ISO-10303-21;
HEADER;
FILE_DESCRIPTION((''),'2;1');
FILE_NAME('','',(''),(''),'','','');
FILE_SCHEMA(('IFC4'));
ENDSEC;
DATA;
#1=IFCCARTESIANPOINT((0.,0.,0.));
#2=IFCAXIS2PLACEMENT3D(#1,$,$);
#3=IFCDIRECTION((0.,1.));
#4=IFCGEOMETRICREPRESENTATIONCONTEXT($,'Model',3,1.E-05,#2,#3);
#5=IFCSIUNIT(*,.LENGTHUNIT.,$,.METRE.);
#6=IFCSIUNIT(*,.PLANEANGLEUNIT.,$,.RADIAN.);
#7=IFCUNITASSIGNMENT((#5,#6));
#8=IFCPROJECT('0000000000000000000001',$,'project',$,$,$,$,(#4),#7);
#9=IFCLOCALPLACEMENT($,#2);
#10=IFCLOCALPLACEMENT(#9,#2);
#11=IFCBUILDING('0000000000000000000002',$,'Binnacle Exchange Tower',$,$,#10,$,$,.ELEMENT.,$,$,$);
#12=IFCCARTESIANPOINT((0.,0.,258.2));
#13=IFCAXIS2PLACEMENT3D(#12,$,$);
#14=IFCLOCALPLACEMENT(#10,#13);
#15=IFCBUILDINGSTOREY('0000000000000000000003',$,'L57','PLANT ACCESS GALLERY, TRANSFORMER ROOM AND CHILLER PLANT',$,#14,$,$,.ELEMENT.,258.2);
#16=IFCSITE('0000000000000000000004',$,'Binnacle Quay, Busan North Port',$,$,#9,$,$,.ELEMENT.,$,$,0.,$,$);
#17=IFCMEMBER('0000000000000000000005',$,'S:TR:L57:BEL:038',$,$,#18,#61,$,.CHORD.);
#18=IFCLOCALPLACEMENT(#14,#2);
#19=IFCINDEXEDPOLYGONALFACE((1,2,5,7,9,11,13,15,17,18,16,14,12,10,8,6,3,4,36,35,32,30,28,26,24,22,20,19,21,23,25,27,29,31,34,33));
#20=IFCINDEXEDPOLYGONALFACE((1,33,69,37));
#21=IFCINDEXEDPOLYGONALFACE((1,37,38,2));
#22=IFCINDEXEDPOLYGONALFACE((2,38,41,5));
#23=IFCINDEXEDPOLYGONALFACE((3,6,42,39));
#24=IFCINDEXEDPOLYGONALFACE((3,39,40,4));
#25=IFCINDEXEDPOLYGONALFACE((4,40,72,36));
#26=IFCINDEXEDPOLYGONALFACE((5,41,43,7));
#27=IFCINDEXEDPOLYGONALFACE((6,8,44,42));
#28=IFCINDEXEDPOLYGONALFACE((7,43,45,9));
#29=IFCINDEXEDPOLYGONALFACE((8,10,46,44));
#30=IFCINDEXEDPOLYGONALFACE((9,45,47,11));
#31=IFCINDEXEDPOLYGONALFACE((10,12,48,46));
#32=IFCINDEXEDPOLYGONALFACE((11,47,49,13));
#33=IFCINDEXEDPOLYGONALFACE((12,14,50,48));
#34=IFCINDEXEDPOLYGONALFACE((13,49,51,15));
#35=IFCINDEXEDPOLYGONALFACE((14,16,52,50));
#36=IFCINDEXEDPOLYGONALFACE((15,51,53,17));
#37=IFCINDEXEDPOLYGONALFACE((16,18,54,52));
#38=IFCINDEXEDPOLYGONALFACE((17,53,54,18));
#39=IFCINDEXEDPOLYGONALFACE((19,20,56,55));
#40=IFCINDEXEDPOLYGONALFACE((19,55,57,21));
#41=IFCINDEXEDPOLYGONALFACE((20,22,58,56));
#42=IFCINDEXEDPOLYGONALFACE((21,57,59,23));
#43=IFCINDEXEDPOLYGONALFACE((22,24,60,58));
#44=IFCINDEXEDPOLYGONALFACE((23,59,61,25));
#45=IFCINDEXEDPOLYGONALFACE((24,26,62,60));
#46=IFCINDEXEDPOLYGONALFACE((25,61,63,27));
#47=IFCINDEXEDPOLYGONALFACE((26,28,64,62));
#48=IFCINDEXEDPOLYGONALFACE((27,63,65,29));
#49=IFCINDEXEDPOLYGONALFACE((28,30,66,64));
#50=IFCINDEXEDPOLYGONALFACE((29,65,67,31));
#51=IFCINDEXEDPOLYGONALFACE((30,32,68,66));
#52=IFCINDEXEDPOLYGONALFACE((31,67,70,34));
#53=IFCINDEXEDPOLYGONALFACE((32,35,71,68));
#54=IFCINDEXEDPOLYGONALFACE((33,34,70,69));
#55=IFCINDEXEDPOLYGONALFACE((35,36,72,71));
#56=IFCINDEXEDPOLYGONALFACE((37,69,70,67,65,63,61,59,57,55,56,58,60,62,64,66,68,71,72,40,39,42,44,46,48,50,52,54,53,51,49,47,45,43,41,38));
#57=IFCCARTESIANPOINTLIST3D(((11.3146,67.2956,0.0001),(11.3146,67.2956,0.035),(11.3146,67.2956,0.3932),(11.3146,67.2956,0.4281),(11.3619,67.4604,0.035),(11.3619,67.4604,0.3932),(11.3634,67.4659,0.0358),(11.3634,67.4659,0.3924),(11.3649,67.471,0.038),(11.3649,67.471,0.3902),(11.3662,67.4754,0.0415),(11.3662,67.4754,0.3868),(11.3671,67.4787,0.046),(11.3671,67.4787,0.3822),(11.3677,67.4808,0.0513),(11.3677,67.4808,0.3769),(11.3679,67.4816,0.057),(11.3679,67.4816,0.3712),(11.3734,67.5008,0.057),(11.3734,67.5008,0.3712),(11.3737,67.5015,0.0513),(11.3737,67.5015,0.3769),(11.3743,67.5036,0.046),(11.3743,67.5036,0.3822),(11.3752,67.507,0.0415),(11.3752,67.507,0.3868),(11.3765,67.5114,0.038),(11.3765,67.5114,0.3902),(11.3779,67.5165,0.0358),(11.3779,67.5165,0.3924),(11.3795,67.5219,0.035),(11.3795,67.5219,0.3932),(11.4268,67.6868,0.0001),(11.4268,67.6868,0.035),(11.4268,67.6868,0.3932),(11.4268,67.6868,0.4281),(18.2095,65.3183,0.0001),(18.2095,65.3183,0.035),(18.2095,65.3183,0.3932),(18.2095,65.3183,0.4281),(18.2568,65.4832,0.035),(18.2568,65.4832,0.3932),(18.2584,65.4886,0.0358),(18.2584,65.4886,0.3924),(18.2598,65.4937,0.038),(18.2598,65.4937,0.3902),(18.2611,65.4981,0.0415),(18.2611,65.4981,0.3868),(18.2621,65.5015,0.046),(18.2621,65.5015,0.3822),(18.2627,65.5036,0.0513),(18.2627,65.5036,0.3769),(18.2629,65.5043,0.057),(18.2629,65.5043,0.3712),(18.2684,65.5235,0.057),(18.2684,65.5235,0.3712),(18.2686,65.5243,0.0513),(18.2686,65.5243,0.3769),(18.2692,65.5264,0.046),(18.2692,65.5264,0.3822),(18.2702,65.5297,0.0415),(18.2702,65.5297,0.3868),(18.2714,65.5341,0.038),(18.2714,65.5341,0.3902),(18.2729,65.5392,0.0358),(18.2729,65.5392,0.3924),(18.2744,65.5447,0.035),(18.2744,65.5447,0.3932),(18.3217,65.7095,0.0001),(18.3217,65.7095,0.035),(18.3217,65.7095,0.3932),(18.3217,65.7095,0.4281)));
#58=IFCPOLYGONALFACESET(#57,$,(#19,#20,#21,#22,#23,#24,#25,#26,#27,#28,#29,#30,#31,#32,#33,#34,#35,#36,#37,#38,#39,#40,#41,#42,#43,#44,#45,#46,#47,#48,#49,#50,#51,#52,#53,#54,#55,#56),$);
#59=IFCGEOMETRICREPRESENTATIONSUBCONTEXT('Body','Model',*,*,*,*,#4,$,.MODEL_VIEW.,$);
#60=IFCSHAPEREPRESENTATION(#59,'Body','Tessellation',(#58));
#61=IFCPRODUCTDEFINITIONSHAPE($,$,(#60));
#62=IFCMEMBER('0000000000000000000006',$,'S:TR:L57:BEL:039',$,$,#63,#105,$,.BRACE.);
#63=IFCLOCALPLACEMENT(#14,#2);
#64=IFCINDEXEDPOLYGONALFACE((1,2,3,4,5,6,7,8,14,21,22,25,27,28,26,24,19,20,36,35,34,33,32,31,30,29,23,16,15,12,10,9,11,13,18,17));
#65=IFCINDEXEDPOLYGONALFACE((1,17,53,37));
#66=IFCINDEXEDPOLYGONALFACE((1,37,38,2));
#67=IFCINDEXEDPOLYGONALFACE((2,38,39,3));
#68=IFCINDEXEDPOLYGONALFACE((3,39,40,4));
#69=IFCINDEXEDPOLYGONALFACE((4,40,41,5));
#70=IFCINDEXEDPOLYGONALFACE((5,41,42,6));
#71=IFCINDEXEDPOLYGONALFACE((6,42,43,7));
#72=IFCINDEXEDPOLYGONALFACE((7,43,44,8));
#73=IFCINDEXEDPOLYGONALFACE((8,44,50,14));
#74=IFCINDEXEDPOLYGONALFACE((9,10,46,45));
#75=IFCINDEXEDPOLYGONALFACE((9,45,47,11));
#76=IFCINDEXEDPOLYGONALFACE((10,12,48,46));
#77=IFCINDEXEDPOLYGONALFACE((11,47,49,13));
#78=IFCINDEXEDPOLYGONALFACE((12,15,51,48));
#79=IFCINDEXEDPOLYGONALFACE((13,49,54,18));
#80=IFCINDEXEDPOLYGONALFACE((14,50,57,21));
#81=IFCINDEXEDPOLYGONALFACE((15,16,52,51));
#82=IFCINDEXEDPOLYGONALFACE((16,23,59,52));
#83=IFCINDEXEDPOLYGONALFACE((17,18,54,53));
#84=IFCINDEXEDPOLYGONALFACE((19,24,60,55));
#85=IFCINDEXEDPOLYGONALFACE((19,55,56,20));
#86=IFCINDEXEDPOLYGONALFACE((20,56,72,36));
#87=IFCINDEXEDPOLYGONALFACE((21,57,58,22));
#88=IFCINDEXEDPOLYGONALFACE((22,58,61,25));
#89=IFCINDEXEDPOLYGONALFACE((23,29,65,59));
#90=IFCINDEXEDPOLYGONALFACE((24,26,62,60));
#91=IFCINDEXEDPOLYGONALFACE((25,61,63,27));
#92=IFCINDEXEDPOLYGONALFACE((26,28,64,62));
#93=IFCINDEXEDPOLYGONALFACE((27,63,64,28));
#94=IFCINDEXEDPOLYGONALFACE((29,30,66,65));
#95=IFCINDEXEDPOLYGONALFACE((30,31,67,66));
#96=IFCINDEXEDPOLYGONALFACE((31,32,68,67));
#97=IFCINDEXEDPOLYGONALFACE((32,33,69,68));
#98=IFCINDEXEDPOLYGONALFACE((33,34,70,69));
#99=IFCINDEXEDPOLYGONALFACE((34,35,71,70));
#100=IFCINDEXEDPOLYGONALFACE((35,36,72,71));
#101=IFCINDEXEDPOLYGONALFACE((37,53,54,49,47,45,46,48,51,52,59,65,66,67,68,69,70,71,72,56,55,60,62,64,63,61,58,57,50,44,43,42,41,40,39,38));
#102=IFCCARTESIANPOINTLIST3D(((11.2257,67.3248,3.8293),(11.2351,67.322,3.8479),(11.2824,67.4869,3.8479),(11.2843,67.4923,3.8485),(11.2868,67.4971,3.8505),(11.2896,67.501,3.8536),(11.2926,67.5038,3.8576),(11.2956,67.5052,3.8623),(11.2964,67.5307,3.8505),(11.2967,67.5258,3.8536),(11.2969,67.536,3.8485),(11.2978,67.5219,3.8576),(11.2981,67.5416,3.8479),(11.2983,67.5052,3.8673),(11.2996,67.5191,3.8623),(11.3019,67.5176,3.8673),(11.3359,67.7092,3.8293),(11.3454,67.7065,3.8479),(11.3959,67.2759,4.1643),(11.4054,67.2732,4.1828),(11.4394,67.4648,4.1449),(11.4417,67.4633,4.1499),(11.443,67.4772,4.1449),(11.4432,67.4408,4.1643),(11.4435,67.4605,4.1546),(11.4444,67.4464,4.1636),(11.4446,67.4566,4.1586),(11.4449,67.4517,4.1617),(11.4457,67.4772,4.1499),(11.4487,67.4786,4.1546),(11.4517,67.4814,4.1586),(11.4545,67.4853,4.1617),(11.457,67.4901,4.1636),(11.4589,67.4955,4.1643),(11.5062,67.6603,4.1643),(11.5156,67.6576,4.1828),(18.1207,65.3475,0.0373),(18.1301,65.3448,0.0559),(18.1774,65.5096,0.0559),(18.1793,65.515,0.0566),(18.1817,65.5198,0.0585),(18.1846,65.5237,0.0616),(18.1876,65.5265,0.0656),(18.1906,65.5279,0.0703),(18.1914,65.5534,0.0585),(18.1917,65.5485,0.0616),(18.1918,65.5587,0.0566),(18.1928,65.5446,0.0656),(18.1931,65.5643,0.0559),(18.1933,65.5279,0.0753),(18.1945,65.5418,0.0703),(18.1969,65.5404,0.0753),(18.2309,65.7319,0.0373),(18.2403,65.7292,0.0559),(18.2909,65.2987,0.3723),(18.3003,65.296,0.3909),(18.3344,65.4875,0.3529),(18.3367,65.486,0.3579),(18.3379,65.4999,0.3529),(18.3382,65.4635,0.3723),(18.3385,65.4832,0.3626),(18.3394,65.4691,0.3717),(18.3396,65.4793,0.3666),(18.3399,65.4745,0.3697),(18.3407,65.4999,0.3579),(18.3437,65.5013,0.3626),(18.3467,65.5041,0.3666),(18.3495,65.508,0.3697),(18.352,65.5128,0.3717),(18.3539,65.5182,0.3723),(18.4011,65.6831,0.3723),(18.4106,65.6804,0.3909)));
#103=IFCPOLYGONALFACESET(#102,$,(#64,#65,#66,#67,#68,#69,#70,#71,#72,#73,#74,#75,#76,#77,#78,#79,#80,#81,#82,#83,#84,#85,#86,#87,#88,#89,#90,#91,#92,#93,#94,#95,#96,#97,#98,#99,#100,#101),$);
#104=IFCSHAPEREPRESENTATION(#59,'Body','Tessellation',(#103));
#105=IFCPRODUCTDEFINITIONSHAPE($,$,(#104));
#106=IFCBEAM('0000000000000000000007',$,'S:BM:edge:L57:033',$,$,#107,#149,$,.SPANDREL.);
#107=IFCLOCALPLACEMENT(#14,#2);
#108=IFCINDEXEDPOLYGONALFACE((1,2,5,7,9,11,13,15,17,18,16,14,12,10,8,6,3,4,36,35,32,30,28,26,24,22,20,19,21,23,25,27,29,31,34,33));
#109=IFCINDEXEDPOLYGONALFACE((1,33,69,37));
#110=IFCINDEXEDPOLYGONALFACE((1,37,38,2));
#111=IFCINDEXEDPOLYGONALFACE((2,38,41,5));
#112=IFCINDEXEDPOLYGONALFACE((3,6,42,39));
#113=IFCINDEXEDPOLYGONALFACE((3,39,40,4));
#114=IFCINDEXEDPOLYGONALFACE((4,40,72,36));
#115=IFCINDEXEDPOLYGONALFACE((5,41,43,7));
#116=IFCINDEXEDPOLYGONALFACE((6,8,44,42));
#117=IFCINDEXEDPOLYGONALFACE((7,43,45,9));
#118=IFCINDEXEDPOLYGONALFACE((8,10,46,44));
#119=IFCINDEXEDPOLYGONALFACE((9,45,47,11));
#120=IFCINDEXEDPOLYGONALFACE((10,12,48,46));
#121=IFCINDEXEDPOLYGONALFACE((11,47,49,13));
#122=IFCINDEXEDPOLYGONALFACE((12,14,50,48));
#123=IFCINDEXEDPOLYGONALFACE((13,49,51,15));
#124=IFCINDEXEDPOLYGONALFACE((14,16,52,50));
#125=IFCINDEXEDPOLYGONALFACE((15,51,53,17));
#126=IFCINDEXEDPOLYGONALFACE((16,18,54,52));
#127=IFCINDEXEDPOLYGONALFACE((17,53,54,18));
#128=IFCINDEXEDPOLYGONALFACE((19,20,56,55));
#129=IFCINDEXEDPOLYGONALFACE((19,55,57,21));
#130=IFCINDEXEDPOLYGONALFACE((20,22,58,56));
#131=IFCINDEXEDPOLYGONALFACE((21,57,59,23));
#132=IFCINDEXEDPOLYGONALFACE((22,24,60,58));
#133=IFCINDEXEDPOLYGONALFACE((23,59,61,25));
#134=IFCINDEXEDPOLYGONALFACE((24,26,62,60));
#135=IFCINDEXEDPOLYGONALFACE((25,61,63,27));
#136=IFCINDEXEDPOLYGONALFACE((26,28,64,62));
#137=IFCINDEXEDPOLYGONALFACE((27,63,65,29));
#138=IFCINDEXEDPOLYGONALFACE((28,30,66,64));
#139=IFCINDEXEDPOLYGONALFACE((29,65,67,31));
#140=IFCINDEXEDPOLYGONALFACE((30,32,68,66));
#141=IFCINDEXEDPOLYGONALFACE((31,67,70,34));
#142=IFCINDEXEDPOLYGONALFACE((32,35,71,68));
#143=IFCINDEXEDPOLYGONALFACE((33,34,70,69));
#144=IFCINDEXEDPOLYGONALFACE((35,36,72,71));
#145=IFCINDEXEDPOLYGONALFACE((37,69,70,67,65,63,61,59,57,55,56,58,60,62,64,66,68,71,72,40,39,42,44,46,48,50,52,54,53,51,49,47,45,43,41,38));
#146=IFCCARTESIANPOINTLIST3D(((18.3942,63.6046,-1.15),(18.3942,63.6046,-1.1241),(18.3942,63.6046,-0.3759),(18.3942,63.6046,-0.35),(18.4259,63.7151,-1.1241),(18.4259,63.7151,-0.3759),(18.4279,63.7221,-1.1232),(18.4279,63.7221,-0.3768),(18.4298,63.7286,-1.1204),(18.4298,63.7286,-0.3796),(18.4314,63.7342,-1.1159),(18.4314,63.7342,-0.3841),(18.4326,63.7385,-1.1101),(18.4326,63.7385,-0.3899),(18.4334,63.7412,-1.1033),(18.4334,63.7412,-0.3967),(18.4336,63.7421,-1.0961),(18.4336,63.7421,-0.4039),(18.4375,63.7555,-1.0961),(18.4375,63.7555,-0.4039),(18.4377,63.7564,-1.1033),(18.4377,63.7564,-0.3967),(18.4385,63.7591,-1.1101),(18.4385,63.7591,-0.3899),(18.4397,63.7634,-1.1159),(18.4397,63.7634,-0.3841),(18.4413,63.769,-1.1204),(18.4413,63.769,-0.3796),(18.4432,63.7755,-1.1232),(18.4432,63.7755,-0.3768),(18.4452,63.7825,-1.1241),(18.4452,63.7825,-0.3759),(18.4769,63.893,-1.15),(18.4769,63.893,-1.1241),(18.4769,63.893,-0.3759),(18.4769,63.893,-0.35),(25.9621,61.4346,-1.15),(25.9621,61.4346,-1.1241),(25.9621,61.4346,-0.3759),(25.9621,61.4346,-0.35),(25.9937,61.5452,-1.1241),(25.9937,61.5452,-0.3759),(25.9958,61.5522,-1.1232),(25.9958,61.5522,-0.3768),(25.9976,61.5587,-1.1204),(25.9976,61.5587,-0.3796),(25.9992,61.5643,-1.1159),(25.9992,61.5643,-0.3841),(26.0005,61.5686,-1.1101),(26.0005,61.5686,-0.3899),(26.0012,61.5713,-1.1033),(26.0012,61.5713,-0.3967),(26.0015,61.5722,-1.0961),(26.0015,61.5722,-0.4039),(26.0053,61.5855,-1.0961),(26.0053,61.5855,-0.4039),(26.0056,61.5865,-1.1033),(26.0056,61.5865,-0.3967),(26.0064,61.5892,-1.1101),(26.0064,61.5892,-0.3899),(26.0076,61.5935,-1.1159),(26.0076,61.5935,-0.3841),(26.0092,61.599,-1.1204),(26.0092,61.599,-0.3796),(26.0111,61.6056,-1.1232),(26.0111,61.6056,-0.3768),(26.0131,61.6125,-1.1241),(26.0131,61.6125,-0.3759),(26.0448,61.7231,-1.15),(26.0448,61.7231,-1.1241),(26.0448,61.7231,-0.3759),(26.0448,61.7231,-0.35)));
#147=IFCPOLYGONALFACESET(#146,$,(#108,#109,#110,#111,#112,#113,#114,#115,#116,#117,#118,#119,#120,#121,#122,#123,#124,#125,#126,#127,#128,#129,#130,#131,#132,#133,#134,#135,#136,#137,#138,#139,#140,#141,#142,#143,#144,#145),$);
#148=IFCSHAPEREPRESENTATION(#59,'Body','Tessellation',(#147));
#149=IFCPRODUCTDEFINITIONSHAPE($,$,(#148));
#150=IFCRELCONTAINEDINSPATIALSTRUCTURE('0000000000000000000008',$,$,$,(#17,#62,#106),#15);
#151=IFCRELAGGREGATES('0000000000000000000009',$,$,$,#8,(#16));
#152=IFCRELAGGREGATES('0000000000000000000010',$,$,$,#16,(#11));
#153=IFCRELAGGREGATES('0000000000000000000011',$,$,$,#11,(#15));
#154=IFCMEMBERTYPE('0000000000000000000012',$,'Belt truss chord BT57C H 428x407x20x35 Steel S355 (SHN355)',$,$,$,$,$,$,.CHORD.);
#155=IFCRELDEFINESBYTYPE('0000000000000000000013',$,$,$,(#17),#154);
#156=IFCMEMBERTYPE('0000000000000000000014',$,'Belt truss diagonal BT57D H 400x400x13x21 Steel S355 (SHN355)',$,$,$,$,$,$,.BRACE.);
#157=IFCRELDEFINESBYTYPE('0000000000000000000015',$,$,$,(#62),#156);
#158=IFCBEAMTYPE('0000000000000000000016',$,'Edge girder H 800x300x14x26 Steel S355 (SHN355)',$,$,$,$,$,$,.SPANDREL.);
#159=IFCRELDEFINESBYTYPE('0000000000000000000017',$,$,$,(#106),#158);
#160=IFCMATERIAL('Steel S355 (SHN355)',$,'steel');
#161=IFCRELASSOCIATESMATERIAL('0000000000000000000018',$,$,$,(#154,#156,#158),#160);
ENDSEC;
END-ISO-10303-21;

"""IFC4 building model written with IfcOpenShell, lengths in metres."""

from ifc_helpers import new_model, si_unit, direction, frame, origin, origin_2d, place, context, subcontext, project, spatial, i_section, extrude, material, material_profile, profile_set, type_object, element, save


model = new_model("IFC4")

# Units and contexts
model_context = context("Model", 3, precision=1e-05, world=origin(), true_north=direction((0.0, 1.0)))
body_context = subcontext(model_context, "Body", "Model", "MODEL_VIEW")
ifc_project = project(units=[si_unit("LENGTHUNIT", "METRE"), si_unit("PLANEANGLEUNIT", "RADIAN")], contexts=[model_context])

# Site, building, storey
site_placement = place(None, origin())
site = spatial("IfcSite", under=ifc_project, at=site_placement, Name="Binnacle Quay, Busan North Port", CompositionType="ELEMENT", RefElevation=0.0)
building_placement = place(site_placement, origin())
building = spatial("IfcBuilding", under=site, at=building_placement, Name="Binnacle Exchange Tower", CompositionType="ELEMENT")
storey_placement = place(building_placement, frame((0.0, 0.0, 258.2)))
storey = spatial("IfcBuildingStorey", under=building, at=storey_placement, Name="L57", Description="PLANT ACCESS GALLERY, TRANSFORMER ROOM AND CHILLER PLANT", CompositionType="ELEMENT", Elevation=258.2)

# Members
ifc_material_1 = material(Name="Steel S355 (SHN355)", Category="steel")
ifc_material_profile_1 = material_profile(ifc_material_1, i_section(OverallWidth=0.407, OverallDepth=0.428, WebThickness=0.02, FlangeThickness=0.0349, FilletRadius=0.022, at=origin_2d()), Name="H 428x407x20x35")
ifc_profile_set_1 = profile_set([ifc_material_profile_1], Name="Steel S355 (SHN355)")
member_type_1 = type_object("IfcMemberType", Name="Belt truss chord BT57C H 428x407x20x35 Steel S355 (SHN355)", PredefinedType="CHORD", material=ifc_profile_set_1)
for number, where, z_axis, x_axis, name in (
    (1, (18.2656, 65.5139, 0.2141), (-0.961255, 0.275661, 0.0), (-0.275661, -0.961255, 0.0), "S:TR:L57:BEL:038"),
):
    element("IfcMember", number, at=place(storey_placement, frame(where, z_axis=z_axis, x_axis=x_axis)), inside=storey, type_object=member_type_1, Name=name, PredefinedType="CHORD", context=body_context, shape_type="SweptSolid", body=[
        extrude(i_section(OverallWidth=0.407, OverallDepth=0.428, WebThickness=0.02, FlangeThickness=0.0349, FilletRadius=0.022, at=origin_2d()), origin(), (0.0, 0.0, 1.0), 7.1729),
    ])
ifc_material_profile_2 = material_profile(ifc_material_1, i_section(OverallWidth=0.3999, OverallDepth=0.3999, WebThickness=0.0129, FlangeThickness=0.021, FilletRadius=0.022, at=origin_2d()), Name="H 400x400x13x21")
ifc_profile_set_2 = profile_set([ifc_material_profile_2], Name="Steel S355 (SHN355)")
member_type_2 = type_object("IfcMemberType", Name="Belt truss diagonal BT57D H 400x400x13x21 Steel S355 (SHN355)", PredefinedType="BRACE", material=ifc_profile_set_2)
member_placement = place(storey_placement, frame((18.2656, 65.5139, 0.2141), z_axis=(-0.849812, 0.243702, 0.467364), x_axis=(-0.275661, -0.961255, 0.0)))
element("IfcMember", 2, at=member_placement, inside=storey, type_object=member_type_2, Name="S:TR:L57:BEL:039", PredefinedType="BRACE", context=body_context, shape_type="SweptSolid", body=[
    extrude(i_section(OverallWidth=0.3999, OverallDepth=0.3999, WebThickness=0.0129, FlangeThickness=0.021, FilletRadius=0.022, at=origin_2d()), origin(), (0.0, 0.0, 1.0), 8.1135),
])

# Beam
ifc_material_profile_3 = material_profile(ifc_material_1, i_section(OverallWidth=0.3, OverallDepth=0.8, WebThickness=0.0139, FlangeThickness=0.0259, FilletRadius=0.0281, at=origin_2d()), Name="H 800x300x14x26")
ifc_profile_set_3 = profile_set([ifc_material_profile_3], Name="Steel S355 (SHN355)")
beam_type_1 = type_object("IfcBeamType", Name="Edge girder H 800x300x14x26 Steel S355 (SHN355)", PredefinedType="SPANDREL", material=ifc_profile_set_3)
beam_1_placement = place(storey_placement, frame((18.4355, 63.7488, -0.75), z_axis=(0.961266, -0.275622, 0.0), x_axis=(0.275622, 0.961266, 0.0)))
element("IfcBeam", 3, at=beam_1_placement, inside=storey, type_object=beam_type_1, Name="S:BM:edge:L57:033", PredefinedType="SPANDREL", context=body_context, shape_type="SweptSolid", body=[
    extrude(i_section(OverallWidth=0.3, OverallDepth=0.8, WebThickness=0.0139, FlangeThickness=0.0259, FilletRadius=0.0281, at=origin_2d()), origin(), (0.0, 0.0, 1.0), 7.8728),
])

save(model, "model.ifc")
